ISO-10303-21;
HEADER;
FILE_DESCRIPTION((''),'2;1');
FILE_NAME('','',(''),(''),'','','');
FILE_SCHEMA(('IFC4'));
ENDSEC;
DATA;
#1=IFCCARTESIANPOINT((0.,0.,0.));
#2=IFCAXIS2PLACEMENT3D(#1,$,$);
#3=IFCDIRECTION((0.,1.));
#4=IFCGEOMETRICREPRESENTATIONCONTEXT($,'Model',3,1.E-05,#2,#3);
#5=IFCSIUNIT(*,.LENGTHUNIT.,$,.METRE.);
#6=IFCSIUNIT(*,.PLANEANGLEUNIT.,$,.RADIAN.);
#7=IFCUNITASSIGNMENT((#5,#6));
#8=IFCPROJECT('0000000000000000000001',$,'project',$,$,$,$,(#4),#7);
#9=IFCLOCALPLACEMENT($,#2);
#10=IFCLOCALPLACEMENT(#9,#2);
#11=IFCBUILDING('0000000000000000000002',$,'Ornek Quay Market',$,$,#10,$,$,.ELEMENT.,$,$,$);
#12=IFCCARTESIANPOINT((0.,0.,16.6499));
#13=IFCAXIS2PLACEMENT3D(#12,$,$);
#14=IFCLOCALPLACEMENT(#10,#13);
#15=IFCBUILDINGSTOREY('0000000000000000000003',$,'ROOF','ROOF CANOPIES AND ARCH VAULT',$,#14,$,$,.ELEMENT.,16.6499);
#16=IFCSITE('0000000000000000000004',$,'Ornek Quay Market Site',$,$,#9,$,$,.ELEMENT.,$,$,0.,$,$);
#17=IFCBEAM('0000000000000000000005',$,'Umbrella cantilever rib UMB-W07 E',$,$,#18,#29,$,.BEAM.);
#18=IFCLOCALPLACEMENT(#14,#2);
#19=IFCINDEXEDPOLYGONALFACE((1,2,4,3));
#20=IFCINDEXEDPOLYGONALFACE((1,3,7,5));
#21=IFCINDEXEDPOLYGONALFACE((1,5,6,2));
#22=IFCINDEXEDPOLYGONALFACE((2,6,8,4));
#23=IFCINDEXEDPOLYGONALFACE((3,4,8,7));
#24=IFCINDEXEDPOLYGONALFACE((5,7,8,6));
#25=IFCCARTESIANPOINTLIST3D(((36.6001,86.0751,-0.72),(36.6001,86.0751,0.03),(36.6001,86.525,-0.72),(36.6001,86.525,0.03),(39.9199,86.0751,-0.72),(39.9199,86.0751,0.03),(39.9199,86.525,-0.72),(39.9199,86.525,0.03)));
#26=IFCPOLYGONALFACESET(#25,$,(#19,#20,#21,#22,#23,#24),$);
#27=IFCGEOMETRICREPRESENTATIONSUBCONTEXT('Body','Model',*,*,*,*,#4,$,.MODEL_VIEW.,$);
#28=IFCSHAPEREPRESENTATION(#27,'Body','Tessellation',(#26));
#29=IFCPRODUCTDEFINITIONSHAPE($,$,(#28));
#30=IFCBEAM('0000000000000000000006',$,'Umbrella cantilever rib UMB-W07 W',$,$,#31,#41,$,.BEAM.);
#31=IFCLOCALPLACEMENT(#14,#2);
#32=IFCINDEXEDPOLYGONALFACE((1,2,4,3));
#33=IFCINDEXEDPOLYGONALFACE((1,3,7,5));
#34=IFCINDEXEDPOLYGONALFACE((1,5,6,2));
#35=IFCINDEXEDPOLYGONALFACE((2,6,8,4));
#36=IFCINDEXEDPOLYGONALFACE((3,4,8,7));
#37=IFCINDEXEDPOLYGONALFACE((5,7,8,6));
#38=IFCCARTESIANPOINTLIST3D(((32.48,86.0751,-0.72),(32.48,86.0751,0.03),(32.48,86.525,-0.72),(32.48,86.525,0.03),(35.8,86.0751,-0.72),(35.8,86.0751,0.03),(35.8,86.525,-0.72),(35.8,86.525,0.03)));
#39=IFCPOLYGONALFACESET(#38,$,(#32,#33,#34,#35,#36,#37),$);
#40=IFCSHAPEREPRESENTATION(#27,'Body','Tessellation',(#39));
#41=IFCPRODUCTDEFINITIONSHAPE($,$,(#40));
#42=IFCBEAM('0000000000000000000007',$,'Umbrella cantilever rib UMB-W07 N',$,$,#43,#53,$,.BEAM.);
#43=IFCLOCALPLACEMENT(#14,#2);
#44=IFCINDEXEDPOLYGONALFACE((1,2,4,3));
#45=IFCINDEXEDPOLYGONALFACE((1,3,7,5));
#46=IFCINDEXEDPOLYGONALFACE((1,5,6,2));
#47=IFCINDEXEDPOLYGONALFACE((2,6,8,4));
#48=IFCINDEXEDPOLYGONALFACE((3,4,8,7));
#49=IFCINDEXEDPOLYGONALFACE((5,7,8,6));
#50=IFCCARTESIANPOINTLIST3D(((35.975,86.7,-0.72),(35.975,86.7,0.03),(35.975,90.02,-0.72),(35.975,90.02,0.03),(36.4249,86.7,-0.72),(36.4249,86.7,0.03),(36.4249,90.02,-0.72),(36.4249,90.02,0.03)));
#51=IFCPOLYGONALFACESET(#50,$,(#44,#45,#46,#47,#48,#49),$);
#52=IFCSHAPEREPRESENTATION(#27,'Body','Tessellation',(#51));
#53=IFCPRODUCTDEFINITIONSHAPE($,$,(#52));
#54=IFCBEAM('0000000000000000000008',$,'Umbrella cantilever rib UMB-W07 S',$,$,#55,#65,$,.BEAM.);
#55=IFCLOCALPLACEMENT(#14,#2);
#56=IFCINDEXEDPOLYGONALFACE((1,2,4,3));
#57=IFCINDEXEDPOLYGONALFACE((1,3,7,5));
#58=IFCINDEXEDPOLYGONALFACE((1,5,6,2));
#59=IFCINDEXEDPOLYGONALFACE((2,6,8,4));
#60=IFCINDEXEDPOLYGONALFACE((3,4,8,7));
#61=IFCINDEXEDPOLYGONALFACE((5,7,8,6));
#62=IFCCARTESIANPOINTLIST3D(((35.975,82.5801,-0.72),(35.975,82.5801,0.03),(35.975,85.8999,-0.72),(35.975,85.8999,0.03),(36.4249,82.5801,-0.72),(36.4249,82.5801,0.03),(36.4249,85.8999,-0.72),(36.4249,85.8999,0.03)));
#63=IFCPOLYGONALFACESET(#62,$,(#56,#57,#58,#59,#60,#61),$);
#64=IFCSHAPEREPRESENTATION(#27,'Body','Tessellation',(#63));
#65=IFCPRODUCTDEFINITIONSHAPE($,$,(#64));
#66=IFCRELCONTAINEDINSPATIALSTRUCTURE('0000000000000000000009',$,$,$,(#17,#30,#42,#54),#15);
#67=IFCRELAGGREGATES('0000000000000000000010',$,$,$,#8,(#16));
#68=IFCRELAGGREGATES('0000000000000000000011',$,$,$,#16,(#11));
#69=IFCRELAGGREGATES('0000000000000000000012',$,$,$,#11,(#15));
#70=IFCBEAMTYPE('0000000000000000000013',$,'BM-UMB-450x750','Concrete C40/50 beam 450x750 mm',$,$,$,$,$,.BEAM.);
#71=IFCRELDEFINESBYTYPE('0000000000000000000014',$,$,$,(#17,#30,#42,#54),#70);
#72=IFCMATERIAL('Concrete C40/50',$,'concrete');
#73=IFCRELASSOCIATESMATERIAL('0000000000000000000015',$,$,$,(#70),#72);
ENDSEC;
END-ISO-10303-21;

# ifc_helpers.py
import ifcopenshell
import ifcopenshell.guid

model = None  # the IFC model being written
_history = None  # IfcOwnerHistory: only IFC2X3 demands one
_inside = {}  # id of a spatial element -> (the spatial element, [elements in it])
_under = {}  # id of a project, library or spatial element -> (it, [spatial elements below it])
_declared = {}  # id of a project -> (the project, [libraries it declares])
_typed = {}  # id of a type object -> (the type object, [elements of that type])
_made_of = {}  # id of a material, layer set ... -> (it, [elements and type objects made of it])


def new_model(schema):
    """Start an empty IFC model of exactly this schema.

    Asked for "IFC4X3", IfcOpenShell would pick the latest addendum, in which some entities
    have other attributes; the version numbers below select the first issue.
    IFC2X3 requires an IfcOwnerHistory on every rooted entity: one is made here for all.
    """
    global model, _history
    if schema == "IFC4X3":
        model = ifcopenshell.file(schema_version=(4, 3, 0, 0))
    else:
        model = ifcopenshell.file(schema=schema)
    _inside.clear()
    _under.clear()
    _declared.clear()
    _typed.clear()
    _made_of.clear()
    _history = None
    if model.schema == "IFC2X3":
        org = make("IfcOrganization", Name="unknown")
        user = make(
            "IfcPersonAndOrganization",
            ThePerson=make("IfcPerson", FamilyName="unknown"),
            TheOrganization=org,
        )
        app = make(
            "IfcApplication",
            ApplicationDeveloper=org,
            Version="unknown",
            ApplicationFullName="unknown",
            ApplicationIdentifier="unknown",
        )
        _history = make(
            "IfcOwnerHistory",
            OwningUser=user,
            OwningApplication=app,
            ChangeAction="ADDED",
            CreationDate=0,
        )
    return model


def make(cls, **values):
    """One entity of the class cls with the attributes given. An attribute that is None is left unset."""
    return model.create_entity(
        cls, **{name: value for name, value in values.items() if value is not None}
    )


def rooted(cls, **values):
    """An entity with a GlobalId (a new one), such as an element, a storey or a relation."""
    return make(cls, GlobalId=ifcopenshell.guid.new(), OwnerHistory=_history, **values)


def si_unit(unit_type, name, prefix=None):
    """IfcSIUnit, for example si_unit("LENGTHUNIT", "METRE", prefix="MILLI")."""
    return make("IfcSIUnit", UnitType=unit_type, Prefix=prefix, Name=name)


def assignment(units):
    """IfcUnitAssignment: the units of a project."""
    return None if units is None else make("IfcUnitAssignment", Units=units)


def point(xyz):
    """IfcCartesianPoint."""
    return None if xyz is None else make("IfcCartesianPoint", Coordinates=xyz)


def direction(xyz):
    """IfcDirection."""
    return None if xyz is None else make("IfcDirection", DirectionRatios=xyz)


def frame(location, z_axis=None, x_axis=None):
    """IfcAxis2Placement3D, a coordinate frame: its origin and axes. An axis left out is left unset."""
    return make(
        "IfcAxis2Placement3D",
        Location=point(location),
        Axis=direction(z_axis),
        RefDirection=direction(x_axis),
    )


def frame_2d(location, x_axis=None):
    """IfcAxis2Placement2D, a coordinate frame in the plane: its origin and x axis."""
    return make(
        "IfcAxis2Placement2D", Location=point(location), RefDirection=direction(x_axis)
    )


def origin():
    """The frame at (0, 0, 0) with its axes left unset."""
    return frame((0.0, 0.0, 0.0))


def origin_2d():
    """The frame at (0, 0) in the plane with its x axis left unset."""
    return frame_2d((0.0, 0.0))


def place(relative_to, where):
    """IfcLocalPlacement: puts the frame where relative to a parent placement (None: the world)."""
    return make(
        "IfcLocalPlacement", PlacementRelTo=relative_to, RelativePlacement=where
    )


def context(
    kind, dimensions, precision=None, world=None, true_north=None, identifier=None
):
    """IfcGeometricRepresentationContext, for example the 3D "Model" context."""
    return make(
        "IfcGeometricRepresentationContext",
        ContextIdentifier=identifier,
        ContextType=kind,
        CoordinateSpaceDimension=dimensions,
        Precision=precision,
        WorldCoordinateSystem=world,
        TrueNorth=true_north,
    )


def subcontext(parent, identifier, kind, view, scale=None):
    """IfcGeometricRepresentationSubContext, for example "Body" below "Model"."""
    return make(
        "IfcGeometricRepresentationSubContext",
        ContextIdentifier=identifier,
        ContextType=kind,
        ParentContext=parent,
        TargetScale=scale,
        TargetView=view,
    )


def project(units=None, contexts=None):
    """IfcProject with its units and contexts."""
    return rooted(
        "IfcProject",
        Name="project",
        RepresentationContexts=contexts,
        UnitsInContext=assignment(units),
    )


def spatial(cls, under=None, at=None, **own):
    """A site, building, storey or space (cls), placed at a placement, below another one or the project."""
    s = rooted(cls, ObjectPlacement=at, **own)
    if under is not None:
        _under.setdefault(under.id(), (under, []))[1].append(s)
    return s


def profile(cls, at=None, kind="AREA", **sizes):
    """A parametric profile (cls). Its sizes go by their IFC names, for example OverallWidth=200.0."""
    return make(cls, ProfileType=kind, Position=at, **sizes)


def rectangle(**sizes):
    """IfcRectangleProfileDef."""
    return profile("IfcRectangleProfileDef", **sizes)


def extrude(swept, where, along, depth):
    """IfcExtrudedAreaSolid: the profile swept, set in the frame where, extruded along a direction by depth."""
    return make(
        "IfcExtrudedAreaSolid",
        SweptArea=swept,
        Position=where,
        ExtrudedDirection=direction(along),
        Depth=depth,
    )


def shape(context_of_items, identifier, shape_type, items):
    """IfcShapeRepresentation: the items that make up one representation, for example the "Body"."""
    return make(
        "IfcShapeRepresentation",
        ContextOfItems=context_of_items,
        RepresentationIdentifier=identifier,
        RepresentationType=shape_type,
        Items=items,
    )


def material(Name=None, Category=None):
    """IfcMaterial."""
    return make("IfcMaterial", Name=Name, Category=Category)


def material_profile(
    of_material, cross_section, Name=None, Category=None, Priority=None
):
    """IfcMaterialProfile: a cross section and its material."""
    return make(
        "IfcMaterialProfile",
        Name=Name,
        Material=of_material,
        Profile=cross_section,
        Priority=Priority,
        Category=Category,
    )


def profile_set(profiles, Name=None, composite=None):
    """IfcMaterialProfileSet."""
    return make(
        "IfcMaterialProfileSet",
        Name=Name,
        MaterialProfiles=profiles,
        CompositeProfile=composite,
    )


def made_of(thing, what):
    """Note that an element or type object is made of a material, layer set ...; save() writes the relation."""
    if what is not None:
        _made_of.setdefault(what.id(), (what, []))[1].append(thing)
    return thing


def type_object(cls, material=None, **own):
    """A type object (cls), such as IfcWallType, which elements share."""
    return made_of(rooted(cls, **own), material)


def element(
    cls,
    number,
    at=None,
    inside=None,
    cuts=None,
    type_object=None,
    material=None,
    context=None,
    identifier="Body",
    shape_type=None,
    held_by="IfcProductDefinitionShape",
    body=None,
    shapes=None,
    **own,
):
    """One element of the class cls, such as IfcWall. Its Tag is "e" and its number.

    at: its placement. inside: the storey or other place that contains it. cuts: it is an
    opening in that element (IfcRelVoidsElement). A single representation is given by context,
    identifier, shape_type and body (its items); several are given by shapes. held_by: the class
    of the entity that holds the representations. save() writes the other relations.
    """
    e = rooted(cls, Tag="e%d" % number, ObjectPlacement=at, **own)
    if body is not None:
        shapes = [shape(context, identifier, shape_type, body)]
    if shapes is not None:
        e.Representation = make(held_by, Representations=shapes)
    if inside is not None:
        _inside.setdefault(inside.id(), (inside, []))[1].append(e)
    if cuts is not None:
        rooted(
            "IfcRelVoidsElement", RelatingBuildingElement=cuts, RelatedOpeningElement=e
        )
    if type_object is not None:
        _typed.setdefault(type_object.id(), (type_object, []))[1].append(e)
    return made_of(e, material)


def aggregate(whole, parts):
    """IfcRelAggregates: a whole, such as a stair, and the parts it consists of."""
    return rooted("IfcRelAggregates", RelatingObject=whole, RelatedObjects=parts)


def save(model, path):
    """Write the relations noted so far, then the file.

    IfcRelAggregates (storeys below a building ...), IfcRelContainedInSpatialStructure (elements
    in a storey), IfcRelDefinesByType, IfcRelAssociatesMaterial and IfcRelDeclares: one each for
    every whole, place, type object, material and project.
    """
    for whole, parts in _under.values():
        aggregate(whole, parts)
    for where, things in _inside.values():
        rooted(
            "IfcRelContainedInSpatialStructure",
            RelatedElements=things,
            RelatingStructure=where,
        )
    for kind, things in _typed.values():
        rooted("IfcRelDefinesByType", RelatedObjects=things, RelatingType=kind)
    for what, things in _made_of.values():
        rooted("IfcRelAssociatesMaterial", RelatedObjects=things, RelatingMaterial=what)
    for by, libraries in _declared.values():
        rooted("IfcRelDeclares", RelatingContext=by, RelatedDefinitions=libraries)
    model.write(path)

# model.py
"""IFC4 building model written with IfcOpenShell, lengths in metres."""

from ifc_helpers import new_model, si_unit, direction, frame, origin, origin_2d, place, context, subcontext, project, spatial, rectangle, extrude, material, material_profile, profile_set, type_object, element, save


model = new_model("IFC4")

# Units and contexts
model_context = context("Model", 3, precision=1e-05, world=origin(), true_north=direction((0.0, 1.0)))
body_context = subcontext(model_context, "Body", "Model", "MODEL_VIEW")
ifc_project = project(units=[si_unit("LENGTHUNIT", "METRE"), si_unit("PLANEANGLEUNIT", "RADIAN")], contexts=[model_context])

# Site, building, storey
site_placement = place(None, origin())
site = spatial("IfcSite", under=ifc_project, at=site_placement, Name="Ornek Quay Market Site", CompositionType="ELEMENT", RefElevation=0.0)
building_placement = place(site_placement, origin())
building = spatial("IfcBuilding", under=site, at=building_placement, Name="Ornek Quay Market", CompositionType="ELEMENT")
storey_placement = place(building_placement, frame((0.0, 0.0, 16.6499)))
storey = spatial("IfcBuildingStorey", under=building, at=storey_placement, Name="ROOF", Description="ROOF CANOPIES AND ARCH VAULT", CompositionType="ELEMENT", Elevation=16.6499)

# Beams
ifc_material = material(Name="Concrete C40/50", Category="concrete")
ifc_material_profile_1 = material_profile(ifc_material, rectangle(XDim=0.45, YDim=0.75, at=origin_2d()), Name="RC 450x750", Category="concrete")
ifc_profile_set_1 = profile_set([ifc_material_profile_1], Name="Concrete C40/50")
beam_type_1 = type_object("IfcBeamType", Name="BM-UMB-450x750", Description="Concrete C40/50 beam 450x750 mm", PredefinedType="BEAM", material=ifc_profile_set_1)
beam_1_placement = place(storey_placement, frame((36.6001, 86.3, -0.345), z_axis=(1.0, 0.0, 0.0), x_axis=(0.0, 1.0, 0.0)))
element("IfcBeam", 1, at=beam_1_placement, inside=storey, type_object=beam_type_1, Name="Umbrella cantilever rib UMB-W07 E", PredefinedType="BEAM", context=body_context, shape_type="SweptSolid", body=[
    extrude(rectangle(XDim=0.45, YDim=0.75, at=origin_2d()), origin(), (0.0, 0.0, 1.0), 3.3198),
])
for number, where, z_axis, x_axis, name in (
    (2, (35.8, 86.3, -0.345), (-1.0, 0.0, 0.0), (0.0, -1.0, 0.0), "Umbrella cantilever rib UMB-W07 W"),
    (3, (36.2, 86.7, -0.345), (0.0, 1.0, 0.0), (-1.0, 0.0, 0.0), "Umbrella cantilever rib UMB-W07 N"),
):
    element("IfcBeam", number, at=place(storey_placement, frame(where, z_axis=z_axis, x_axis=x_axis)), inside=storey, type_object=beam_type_1, Name=name, PredefinedType="BEAM", context=body_context, shape_type="SweptSolid", body=[
        extrude(rectangle(XDim=0.45, YDim=0.75, at=origin_2d()), origin(), (0.0, 0.0, 1.0), 3.3201),
    ])
beam_2_placement = place(storey_placement, frame((36.2, 85.8999, -0.345), z_axis=(0.0, -1.0, 0.0), x_axis=(1.0, 0.0, 0.0)))
element("IfcBeam", 4, at=beam_2_placement, inside=storey, type_object=beam_type_1, Name="Umbrella cantilever rib UMB-W07 S", PredefinedType="BEAM", context=body_context, shape_type="SweptSolid", body=[
    extrude(rectangle(XDim=0.45, YDim=0.75, at=origin_2d()), origin(), (0.0, 0.0, 1.0), 3.3198),
])

save(model, "model.ifc")
